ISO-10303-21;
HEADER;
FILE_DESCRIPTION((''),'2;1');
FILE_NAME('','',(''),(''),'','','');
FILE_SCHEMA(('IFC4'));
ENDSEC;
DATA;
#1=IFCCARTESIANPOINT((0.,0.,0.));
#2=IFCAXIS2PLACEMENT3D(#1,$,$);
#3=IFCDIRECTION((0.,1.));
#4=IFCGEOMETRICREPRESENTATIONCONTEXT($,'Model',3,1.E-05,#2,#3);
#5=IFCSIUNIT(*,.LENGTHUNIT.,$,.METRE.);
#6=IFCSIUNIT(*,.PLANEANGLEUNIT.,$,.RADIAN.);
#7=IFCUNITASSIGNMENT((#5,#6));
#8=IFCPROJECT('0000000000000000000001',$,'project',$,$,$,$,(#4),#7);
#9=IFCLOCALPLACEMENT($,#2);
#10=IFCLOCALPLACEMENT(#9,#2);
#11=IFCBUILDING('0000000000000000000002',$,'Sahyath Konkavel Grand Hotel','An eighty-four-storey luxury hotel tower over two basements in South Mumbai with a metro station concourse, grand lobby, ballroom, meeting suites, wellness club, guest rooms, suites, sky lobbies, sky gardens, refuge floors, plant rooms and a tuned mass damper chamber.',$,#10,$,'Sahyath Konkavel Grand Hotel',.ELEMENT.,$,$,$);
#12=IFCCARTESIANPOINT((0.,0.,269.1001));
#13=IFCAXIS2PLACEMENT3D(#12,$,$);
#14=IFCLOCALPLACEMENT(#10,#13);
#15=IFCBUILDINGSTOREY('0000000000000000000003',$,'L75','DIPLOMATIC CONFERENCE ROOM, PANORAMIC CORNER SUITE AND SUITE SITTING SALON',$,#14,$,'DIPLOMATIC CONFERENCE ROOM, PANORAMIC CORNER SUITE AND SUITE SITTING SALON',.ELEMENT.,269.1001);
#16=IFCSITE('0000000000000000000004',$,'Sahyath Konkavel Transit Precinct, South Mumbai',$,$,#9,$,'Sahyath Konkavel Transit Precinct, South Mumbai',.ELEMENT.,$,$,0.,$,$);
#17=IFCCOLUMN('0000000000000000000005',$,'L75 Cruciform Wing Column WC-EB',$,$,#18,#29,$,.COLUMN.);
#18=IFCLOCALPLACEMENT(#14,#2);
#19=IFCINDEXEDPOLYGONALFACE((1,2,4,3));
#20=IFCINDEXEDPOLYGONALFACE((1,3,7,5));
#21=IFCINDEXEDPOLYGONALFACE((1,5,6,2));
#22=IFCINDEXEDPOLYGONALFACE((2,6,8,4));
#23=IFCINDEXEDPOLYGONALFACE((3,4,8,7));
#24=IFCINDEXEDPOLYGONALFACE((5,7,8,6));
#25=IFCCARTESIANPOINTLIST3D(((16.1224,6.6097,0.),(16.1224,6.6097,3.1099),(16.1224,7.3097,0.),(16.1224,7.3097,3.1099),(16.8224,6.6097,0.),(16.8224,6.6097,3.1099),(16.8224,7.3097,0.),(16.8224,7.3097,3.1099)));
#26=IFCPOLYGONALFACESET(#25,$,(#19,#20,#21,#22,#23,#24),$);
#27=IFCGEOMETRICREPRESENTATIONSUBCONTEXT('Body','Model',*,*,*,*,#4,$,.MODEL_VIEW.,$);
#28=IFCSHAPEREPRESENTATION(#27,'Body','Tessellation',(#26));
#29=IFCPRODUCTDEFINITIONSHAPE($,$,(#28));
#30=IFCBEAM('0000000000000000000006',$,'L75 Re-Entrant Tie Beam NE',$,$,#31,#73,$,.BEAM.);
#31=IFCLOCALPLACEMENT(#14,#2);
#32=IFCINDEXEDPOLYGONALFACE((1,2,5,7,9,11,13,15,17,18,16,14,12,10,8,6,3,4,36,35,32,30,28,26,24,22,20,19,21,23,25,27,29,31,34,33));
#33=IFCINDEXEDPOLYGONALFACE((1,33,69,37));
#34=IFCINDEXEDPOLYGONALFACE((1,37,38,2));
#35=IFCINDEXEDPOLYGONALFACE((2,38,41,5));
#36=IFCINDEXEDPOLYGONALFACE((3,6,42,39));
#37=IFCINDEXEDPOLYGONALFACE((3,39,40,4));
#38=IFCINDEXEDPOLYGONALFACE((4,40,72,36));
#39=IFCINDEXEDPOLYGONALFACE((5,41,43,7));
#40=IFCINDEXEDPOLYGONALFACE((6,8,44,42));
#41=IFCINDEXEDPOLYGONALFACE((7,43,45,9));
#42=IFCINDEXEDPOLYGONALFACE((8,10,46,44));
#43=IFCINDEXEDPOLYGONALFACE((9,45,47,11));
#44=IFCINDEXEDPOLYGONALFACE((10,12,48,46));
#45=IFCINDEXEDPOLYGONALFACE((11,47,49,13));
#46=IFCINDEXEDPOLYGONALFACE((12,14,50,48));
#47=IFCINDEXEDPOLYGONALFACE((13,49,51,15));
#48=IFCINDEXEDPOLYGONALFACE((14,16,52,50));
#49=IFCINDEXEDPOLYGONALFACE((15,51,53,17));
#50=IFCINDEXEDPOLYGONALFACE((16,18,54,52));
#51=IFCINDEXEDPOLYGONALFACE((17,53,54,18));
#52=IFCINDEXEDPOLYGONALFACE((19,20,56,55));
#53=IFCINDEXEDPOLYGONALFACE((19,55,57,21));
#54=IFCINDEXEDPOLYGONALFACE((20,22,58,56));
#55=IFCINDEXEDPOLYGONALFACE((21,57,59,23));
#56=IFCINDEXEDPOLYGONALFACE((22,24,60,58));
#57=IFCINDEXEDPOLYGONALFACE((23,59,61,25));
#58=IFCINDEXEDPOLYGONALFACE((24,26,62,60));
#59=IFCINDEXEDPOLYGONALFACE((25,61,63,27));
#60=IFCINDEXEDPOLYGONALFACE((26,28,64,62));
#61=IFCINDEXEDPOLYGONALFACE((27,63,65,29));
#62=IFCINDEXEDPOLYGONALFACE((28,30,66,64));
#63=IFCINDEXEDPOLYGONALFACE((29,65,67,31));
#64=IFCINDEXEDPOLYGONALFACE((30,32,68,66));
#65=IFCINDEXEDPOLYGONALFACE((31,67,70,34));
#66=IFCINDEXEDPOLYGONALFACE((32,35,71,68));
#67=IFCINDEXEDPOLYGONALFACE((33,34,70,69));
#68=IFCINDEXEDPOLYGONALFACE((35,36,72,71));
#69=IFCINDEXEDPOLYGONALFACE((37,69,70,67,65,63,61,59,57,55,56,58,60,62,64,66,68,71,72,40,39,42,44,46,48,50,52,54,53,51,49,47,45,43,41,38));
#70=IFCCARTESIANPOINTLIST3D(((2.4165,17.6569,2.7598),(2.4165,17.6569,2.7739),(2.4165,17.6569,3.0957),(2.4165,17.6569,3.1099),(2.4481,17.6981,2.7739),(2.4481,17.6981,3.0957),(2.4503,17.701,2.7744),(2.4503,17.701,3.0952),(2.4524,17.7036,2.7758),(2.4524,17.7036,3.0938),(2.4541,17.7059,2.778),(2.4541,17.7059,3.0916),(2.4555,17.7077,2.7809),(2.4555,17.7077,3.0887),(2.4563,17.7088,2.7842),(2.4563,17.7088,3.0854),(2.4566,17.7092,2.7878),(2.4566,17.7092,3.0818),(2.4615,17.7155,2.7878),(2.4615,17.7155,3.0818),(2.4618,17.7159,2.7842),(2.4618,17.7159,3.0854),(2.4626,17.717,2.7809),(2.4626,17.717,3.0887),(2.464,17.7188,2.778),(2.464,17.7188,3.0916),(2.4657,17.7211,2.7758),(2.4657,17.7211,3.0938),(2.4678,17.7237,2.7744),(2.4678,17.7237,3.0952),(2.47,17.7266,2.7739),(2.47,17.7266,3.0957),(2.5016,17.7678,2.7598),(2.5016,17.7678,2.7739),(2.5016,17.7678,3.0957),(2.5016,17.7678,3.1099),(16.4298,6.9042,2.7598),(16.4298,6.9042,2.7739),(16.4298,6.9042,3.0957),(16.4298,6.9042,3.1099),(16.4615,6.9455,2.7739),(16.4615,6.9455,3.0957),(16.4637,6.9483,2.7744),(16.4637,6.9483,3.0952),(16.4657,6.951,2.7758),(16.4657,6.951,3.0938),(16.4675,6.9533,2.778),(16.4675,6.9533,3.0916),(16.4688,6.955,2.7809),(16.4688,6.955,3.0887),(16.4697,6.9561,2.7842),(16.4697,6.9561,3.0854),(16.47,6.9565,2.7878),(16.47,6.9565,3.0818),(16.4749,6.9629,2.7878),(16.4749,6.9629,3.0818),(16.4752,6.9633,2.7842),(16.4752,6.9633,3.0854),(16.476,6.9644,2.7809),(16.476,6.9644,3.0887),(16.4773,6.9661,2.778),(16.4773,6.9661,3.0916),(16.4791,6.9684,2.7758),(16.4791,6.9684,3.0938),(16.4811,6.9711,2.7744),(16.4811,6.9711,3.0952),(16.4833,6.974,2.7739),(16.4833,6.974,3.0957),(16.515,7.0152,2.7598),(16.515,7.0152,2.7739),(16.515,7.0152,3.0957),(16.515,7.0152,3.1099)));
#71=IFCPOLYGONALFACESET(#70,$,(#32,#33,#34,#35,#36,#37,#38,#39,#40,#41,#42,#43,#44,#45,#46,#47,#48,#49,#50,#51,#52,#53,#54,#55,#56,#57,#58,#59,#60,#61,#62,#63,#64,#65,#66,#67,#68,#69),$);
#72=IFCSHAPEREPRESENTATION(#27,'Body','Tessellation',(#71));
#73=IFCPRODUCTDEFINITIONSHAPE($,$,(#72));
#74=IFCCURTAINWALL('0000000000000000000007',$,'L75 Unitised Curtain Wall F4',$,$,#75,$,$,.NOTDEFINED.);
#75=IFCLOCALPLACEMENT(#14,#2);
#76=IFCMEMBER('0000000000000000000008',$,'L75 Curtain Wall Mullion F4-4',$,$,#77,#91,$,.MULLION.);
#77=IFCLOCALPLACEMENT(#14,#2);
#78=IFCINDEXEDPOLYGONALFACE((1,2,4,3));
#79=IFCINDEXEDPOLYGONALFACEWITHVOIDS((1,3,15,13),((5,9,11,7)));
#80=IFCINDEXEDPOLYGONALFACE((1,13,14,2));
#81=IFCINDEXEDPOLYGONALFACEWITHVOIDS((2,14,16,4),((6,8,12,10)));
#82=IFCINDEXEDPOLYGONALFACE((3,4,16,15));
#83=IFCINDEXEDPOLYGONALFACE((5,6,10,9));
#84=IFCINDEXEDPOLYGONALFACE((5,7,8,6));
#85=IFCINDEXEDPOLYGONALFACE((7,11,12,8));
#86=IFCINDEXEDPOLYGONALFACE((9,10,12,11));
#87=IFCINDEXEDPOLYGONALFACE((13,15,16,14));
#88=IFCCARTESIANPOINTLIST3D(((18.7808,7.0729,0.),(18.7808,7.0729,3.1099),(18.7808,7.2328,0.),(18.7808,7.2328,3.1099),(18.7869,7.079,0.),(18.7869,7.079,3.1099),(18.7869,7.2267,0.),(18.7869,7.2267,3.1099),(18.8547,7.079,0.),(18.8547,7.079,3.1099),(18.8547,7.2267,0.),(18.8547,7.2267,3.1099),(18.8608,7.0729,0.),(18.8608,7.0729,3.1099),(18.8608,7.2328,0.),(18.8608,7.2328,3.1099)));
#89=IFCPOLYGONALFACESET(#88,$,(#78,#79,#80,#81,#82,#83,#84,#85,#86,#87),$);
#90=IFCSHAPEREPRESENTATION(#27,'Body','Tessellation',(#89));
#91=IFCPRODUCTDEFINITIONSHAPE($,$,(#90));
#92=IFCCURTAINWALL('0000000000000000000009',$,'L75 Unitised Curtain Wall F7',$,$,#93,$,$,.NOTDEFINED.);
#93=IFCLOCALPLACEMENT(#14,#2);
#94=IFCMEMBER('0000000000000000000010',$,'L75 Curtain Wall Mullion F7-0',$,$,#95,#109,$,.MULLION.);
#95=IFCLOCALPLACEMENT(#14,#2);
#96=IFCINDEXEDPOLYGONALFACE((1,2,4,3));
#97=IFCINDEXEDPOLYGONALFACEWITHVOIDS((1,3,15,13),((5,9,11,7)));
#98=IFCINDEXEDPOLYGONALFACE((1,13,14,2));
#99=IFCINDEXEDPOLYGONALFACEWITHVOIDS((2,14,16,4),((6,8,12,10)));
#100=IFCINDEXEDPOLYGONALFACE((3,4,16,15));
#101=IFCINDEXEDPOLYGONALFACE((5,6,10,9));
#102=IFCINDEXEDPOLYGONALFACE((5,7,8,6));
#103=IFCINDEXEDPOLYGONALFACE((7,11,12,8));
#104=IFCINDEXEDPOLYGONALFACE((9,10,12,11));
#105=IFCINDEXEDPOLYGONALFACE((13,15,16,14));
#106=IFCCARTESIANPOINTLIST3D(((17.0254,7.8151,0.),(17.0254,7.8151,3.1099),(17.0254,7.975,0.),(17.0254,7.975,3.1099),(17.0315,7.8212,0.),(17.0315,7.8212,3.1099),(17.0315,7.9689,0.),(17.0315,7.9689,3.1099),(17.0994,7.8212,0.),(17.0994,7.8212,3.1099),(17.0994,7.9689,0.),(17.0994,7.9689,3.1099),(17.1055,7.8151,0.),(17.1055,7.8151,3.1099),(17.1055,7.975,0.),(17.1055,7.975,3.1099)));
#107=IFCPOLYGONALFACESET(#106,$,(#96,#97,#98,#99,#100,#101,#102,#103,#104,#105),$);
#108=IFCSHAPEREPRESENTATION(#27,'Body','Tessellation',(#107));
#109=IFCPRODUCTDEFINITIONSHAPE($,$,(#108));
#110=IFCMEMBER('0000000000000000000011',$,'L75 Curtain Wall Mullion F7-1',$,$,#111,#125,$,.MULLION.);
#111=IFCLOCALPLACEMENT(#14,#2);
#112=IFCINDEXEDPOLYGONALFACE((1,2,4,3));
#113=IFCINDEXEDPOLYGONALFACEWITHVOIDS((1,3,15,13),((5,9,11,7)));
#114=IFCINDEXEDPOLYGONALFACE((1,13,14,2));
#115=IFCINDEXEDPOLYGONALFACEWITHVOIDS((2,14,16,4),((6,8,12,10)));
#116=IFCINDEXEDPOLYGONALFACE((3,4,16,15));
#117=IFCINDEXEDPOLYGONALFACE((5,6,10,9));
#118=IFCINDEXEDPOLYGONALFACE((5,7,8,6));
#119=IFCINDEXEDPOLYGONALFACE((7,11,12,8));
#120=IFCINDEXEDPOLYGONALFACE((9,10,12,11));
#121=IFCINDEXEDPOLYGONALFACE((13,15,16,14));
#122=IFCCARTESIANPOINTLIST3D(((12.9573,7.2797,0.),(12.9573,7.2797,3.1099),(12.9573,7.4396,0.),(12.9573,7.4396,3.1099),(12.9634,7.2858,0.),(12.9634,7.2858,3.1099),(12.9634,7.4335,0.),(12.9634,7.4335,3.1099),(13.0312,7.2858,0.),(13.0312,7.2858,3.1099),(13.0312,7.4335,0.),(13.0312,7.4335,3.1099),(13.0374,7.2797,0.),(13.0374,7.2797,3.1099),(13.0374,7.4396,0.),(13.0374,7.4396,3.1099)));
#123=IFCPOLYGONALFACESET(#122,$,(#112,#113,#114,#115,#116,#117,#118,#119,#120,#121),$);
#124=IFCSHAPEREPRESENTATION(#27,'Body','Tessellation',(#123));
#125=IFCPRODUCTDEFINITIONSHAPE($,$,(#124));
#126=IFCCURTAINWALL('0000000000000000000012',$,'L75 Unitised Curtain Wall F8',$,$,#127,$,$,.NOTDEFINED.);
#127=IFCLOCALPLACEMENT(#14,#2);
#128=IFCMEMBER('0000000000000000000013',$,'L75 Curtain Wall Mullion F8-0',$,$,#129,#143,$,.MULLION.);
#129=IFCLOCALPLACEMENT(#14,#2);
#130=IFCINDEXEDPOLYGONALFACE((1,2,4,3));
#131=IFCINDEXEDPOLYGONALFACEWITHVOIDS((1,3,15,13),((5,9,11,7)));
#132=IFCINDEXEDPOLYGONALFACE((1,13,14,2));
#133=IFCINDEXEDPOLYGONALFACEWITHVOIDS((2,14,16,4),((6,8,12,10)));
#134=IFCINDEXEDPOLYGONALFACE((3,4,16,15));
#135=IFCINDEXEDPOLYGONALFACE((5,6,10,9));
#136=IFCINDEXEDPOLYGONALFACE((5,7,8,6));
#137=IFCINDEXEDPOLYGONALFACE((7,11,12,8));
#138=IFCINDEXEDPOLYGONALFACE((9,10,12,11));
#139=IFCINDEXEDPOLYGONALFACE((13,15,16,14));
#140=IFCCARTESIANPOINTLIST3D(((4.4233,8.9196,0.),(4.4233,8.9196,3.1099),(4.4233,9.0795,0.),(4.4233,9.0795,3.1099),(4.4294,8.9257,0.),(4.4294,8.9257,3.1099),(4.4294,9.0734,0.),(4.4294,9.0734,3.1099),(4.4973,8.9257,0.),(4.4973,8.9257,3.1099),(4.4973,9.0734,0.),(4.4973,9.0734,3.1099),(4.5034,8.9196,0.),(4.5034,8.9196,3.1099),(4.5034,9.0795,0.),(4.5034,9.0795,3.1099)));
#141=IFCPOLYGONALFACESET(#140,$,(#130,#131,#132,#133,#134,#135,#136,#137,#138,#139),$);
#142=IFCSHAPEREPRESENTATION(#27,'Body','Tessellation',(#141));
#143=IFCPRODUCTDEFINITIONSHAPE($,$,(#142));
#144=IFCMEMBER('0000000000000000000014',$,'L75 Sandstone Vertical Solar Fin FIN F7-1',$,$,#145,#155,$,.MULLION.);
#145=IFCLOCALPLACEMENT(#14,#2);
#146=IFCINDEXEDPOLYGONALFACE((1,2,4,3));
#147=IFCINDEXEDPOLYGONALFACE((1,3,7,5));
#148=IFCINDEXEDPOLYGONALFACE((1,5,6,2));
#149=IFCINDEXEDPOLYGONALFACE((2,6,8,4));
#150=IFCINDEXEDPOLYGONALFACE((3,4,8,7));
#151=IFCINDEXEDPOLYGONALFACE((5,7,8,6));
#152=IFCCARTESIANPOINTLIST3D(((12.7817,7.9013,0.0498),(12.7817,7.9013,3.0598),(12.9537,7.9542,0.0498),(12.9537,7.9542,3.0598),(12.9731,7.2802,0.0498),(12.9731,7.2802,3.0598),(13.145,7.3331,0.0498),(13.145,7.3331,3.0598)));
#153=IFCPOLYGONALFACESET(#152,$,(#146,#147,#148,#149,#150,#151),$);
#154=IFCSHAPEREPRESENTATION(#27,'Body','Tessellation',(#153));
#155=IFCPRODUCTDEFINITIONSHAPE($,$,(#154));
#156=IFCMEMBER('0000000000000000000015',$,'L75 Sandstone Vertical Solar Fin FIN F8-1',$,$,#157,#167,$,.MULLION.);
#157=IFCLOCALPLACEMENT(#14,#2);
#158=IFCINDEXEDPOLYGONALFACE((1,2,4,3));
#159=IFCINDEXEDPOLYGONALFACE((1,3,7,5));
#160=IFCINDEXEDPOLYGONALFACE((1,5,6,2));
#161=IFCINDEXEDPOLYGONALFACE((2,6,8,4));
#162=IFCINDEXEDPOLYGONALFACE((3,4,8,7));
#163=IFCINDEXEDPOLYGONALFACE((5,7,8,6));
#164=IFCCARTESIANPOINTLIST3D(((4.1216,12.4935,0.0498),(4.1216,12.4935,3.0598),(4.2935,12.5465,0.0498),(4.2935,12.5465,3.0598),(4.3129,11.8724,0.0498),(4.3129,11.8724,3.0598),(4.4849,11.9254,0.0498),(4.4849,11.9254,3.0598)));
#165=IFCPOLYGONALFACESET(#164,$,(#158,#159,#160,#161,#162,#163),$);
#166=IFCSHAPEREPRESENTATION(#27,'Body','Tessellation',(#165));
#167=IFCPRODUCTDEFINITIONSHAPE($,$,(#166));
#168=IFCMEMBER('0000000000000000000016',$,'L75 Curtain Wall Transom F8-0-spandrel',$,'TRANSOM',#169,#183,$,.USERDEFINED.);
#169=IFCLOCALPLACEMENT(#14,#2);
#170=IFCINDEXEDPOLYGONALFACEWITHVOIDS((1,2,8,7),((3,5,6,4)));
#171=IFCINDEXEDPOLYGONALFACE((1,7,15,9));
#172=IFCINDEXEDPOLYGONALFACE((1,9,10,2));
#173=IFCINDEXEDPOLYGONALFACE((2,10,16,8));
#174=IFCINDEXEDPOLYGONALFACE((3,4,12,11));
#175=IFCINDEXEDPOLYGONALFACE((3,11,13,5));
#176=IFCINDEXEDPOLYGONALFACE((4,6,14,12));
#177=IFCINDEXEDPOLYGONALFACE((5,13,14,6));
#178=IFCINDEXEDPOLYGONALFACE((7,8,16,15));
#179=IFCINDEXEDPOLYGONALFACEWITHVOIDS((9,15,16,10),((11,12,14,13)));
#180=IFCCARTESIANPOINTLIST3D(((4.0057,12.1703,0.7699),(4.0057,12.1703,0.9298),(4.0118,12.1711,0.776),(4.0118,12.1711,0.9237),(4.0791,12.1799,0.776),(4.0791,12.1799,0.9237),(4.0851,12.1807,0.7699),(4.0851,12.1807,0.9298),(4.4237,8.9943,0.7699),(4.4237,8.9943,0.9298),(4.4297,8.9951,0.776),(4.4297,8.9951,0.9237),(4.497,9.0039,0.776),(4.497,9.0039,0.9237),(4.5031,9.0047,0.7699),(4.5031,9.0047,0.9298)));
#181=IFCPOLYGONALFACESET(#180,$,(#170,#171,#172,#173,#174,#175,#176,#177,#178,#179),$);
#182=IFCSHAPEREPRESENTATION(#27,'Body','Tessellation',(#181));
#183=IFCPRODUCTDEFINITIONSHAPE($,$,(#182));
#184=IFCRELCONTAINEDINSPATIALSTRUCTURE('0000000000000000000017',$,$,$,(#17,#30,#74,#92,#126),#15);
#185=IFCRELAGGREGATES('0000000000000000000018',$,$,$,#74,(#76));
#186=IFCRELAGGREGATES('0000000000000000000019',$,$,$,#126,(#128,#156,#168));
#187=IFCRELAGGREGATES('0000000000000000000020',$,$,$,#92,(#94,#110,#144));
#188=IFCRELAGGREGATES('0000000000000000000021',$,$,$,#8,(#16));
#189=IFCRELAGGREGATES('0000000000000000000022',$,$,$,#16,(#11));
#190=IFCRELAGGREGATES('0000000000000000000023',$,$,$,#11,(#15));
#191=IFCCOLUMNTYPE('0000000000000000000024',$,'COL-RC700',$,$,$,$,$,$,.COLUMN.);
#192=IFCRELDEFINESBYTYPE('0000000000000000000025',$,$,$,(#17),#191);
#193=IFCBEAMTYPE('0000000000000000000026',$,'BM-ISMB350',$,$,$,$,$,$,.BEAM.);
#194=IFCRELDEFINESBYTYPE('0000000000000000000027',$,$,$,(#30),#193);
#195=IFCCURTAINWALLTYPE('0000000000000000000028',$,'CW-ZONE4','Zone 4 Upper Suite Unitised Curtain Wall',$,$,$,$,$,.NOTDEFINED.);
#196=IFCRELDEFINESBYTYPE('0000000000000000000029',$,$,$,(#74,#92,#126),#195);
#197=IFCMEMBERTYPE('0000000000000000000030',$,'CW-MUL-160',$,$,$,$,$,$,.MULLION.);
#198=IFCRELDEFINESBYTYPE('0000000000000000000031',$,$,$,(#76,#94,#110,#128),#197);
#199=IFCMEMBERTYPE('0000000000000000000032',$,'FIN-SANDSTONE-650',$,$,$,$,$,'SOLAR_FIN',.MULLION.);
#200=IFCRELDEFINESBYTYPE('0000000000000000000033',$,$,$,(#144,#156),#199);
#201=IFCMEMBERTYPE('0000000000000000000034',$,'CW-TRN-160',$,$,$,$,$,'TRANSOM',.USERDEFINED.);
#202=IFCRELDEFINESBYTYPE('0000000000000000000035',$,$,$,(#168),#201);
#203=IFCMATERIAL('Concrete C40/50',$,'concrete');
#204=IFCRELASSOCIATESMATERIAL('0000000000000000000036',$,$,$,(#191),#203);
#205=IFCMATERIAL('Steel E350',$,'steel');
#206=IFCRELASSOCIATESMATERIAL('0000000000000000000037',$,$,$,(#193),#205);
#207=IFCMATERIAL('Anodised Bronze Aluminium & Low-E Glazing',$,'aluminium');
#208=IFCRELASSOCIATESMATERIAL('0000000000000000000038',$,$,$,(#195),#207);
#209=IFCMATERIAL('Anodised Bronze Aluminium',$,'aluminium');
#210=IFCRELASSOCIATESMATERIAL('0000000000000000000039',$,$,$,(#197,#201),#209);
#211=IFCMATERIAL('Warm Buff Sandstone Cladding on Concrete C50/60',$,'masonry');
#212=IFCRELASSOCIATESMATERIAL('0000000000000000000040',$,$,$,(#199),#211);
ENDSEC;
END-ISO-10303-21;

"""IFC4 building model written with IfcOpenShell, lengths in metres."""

from ifc_helpers import new_model, si_unit, direction, frame, origin, origin_2d, place, context, subcontext, project, spatial, rectangle, hollow_rectangle, i_section, extrude, source, transform, mapped, material, material_profile, profile_set, type_object, element, aggregate, save


model = new_model("IFC4")

# Units and contexts
model_context = context("Model", 3, precision=1e-05, world=origin(), true_north=direction((0.0, 1.0)))
body_context = subcontext(model_context, "Body", "Model", "MODEL_VIEW")
ifc_project = project(units=[si_unit("LENGTHUNIT", "METRE"), si_unit("PLANEANGLEUNIT", "RADIAN")], contexts=[model_context])

# Site, building, storey
site_placement = place(None, origin())
site = spatial("IfcSite", under=ifc_project, at=site_placement, Name="Sahyath Konkavel Transit Precinct, South Mumbai", LongName="Sahyath Konkavel Transit Precinct, South Mumbai", CompositionType="ELEMENT", RefElevation=0.0)
building_placement = place(site_placement, origin())
building = spatial("IfcBuilding", under=site, at=building_placement, Name="Sahyath Konkavel Grand Hotel", Description="An eighty-four-storey luxury hotel tower over two basements in South Mumbai with a metro station concourse, grand lobby, ballroom, meeting suites, wellness club, guest rooms, suites, sky lobbies, sky gardens, refuge floors, plant rooms and a tuned mass damper chamber.", LongName="Sahyath Konkavel Grand Hotel", CompositionType="ELEMENT")
storey_placement = place(building_placement, frame((0.0, 0.0, 269.1001)))
storey = spatial("IfcBuildingStorey", under=building, at=storey_placement, Name="L75", Description="DIPLOMATIC CONFERENCE ROOM, PANORAMIC CORNER SUITE AND SUITE SITTING SALON", LongName="DIPLOMATIC CONFERENCE ROOM, PANORAMIC CORNER SUITE AND SUITE SITTING SALON", CompositionType="ELEMENT", Elevation=269.1001)

# Column
ifc_material_1 = material(Name="Concrete C40/50", Category="concrete")
ifc_material_profile_1 = material_profile(ifc_material_1, rectangle(XDim=0.7, YDim=0.7, at=origin_2d()), Name="RC 700x700")
ifc_profile_set_1 = profile_set([ifc_material_profile_1], Name="Concrete C40/50")
column_type = type_object("IfcColumnType", Name="COL-RC700", PredefinedType="COLUMN", material=ifc_profile_set_1)
shared_shape_1 = source(origin(), body_context, "Body", "SweptSolid", [
    extrude(rectangle(XDim=0.7, YDim=0.7, at=origin_2d()), origin(), (0.0, 0.0, 1.0), 3.1099),
])
column_placement = place(storey_placement, frame((16.4724, 6.9597, 0.0), z_axis=(0.0, 0.0, 1.0), x_axis=(1.0, 0.0, 0.0)))
element("IfcColumn", 1, at=column_placement, inside=storey, type_object=column_type, Name="L75 Cruciform Wing Column WC-EB", PredefinedType="COLUMN", context=body_context, shape_type="MappedRepresentation", body=[
    mapped(shared_shape_1, transform((0.0, 0.0, 0.0), scale=1.0)),
])

# Beam
ifc_material_2 = material(Name="Steel E350", Category="steel")
ifc_material_profile_2 = material_profile(ifc_material_2, i_section(OverallWidth=0.1399, OverallDepth=0.3501, WebThickness=0.0081, FlangeThickness=0.0142, FilletRadius=0.0139, at=origin_2d()), Name="ISMB 350")
ifc_profile_set_2 = profile_set([ifc_material_profile_2], Name="Steel E350")
beam_type = type_object("IfcBeamType", Name="BM-ISMB350", PredefinedType="BEAM", material=ifc_profile_set_2)
shared_shape_2 = source(origin(), body_context, "Body", "SweptSolid", [
    extrude(i_section(OverallWidth=0.1399, OverallDepth=0.3501, WebThickness=0.0081, FlangeThickness=0.0142, FilletRadius=0.0139, at=origin_2d()), origin(), (0.0, 0.0, 1.0), 17.6633),
])
beam_placement = place(storey_placement, frame((16.4724, 6.9597, 2.9348), z_axis=(-0.793359, 0.608754, 0.0), x_axis=(-0.608754, -0.793359, 0.0)))
element("IfcBeam", 2, at=beam_placement, inside=storey, type_object=beam_type, Name="L75 Re-Entrant Tie Beam NE", PredefinedType="BEAM", context=body_context, shape_type="MappedRepresentation", body=[
    mapped(shared_shape_2, transform((0.0, 0.0, 0.0), scale=1.0)),
])

# Curtain wall, member
ifc_material_3 = material(Name="Anodised Bronze Aluminium & Low-E Glazing", Category="aluminium")
curtain_wall_type = type_object("IfcCurtainWallType", Name="CW-ZONE4", Description="Zone 4 Upper Suite Unitised Curtain Wall", PredefinedType="NOTDEFINED", material=ifc_material_3)
curtain_wall_1_placement = place(storey_placement, origin())
curtain_wall_1 = element("IfcCurtainWall", 3, at=curtain_wall_1_placement, inside=storey, type_object=curtain_wall_type, Name="L75 Unitised Curtain Wall F4", PredefinedType="NOTDEFINED")
ifc_material_4 = material(Name="Anodised Bronze Aluminium", Category="aluminium")
ifc_material_profile_3 = material_profile(ifc_material_4, hollow_rectangle(XDim=0.0801, YDim=0.1599, WallThickness=0.0061, at=origin_2d()), Name="RHS 160x80x6")
ifc_profile_set_3 = profile_set([ifc_material_profile_3], Name="Anodised Bronze Aluminium")
member_type_1 = type_object("IfcMemberType", Name="CW-MUL-160", PredefinedType="MULLION", material=ifc_profile_set_3)
shared_shape_3 = source(origin(), body_context, "Body", "SweptSolid", [
    extrude(hollow_rectangle(XDim=0.0801, YDim=0.1599, WallThickness=0.0061, at=origin_2d()), origin(), (0.0, 0.0, 1.0), 3.1099),
])
member_1_placement = place(storey_placement, frame((18.8208, 7.1528, 0.0), z_axis=(0.0, 0.0, 1.0), x_axis=(1.0, 0.0, 0.0)))
member_1 = element("IfcMember", 4, at=member_1_placement, type_object=member_type_1, Name="L75 Curtain Wall Mullion F4-4", PredefinedType="MULLION", context=body_context, shape_type="MappedRepresentation", body=[
    mapped(shared_shape_3, transform((0.0, 0.0, 0.0), scale=1.0)),
])
aggregate(curtain_wall_1, [member_1])

# Curtain wall, members
curtain_wall_2_placement = place(storey_placement, origin())
curtain_wall_2 = element("IfcCurtainWall", 5, at=curtain_wall_2_placement, inside=storey, type_object=curtain_wall_type, Name="L75 Unitised Curtain Wall F7", PredefinedType="NOTDEFINED")
member_2_placement = place(storey_placement, frame((17.0654, 7.895, 0.0), z_axis=(0.0, 0.0, 1.0), x_axis=(1.0, 0.0, 0.0)))
member_2 = element("IfcMember", 6, at=member_2_placement, type_object=member_type_1, Name="L75 Curtain Wall Mullion F7-0", PredefinedType="MULLION", context=body_context, shape_type="MappedRepresentation", body=[
    mapped(shared_shape_3, transform((0.0, 0.0, 0.0), scale=1.0)),
])
member_3_placement = place(storey_placement, frame((12.9973, 7.3596, 0.0), z_axis=(0.0, 0.0, 1.0), x_axis=(1.0, 0.0, 0.0)))
member_3 = element("IfcMember", 7, at=member_3_placement, type_object=member_type_1, Name="L75 Curtain Wall Mullion F7-1", PredefinedType="MULLION", context=body_context, shape_type="MappedRepresentation", body=[
    mapped(shared_shape_3, transform((0.0, 0.0, 0.0), scale=1.0)),
])

# Curtain wall, member
curtain_wall_3_placement = place(storey_placement, origin())
curtain_wall_3 = element("IfcCurtainWall", 8, at=curtain_wall_3_placement, inside=storey, type_object=curtain_wall_type, Name="L75 Unitised Curtain Wall F8", PredefinedType="NOTDEFINED")
member_4_placement = place(storey_placement, frame((4.4634, 8.9995, 0.0), z_axis=(0.0, 0.0, 1.0), x_axis=(1.0, 0.0, 0.0)))
member_4 = element("IfcMember", 9, at=member_4_placement, type_object=member_type_1, Name="L75 Curtain Wall Mullion F8-0", PredefinedType="MULLION", context=body_context, shape_type="MappedRepresentation", body=[
    mapped(shared_shape_3, transform((0.0, 0.0, 0.0), scale=1.0)),
])

# Members
ifc_material_5 = material(Name="Warm Buff Sandstone Cladding on Concrete C50/60", Category="masonry")
ifc_material_profile_4 = material_profile(ifc_material_5, rectangle(XDim=0.1799, YDim=0.6499, at=origin_2d()), Name="FIN 180x650")
ifc_profile_set_4 = profile_set([ifc_material_profile_4], Name="Warm Buff Sandstone Cladding on Concrete C50/60")
member_type_2 = type_object("IfcMemberType", Name="FIN-SANDSTONE-650", ElementType="SOLAR_FIN", PredefinedType="MULLION", material=ifc_profile_set_4)
shared_shape_4 = source(origin(), body_context, "Body", "SweptSolid", [
    extrude(rectangle(XDim=0.1799, YDim=0.6499, at=origin_2d()), origin(), (0.0, 0.0, 1.0), 3.01),
])
member_5_placement = place(storey_placement, frame((12.9634, 7.6172, 0.0498), z_axis=(0.0, 0.0, 1.0), x_axis=(0.95569, 0.294374, 0.0)))
member_5 = element("IfcMember", 10, at=member_5_placement, type_object=member_type_2, Name="L75 Sandstone Vertical Solar Fin FIN F7-1", PredefinedType="MULLION", context=body_context, shape_type="MappedRepresentation", body=[
    mapped(shared_shape_4, transform((0.0, 0.0, 0.0), scale=1.0)),
])
member_6_placement = place(storey_placement, frame((4.3032, 12.2095, 0.0498), z_axis=(0.0, 0.0, 1.0), x_axis=(0.95569, 0.294374, 0.0)))
member_6 = element("IfcMember", 11, at=member_6_placement, type_object=member_type_2, Name="L75 Sandstone Vertical Solar Fin FIN F8-1", PredefinedType="MULLION", context=body_context, shape_type="MappedRepresentation", body=[
    mapped(shared_shape_4, transform((0.0, 0.0, 0.0), scale=1.0)),
])
ifc_material_profile_5 = material_profile(ifc_material_4, hollow_rectangle(XDim=0.0801, YDim=0.1599, WallThickness=0.0061, at=origin_2d()), Name="RHS 160x80x6")
ifc_profile_set_5 = profile_set([ifc_material_profile_5], Name="Anodised Bronze Aluminium")
member_type_3 = type_object("IfcMemberType", Name="CW-TRN-160", ElementType="TRANSOM", PredefinedType="USERDEFINED", material=ifc_profile_set_5)
shared_shape_5 = source(origin(), body_context, "Body", "SweptSolid", [
    extrude(hollow_rectangle(XDim=0.0801, YDim=0.1599, WallThickness=0.0061, at=origin_2d()), origin(), (0.0, 0.0, 1.0), 3.2034),
])
member_7_placement = place(storey_placement, frame((4.4634, 8.9995, 0.8499), z_axis=(-0.130476, 0.991451, 0.0), x_axis=(-0.991451, -0.130476, 0.0)))
member_7 = element("IfcMember", 12, at=member_7_placement, type_object=member_type_3, Name="L75 Curtain Wall Transom F8-0-spandrel", ObjectType="TRANSOM", PredefinedType="USERDEFINED", context=body_context, shape_type="MappedRepresentation", body=[
    mapped(shared_shape_5, transform((0.0, 0.0, 0.0), scale=1.0)),
])

aggregate(curtain_wall_3, [member_4, member_6, member_7])
aggregate(curtain_wall_2, [member_2, member_3, member_5])

save(model, "model.ifc")
